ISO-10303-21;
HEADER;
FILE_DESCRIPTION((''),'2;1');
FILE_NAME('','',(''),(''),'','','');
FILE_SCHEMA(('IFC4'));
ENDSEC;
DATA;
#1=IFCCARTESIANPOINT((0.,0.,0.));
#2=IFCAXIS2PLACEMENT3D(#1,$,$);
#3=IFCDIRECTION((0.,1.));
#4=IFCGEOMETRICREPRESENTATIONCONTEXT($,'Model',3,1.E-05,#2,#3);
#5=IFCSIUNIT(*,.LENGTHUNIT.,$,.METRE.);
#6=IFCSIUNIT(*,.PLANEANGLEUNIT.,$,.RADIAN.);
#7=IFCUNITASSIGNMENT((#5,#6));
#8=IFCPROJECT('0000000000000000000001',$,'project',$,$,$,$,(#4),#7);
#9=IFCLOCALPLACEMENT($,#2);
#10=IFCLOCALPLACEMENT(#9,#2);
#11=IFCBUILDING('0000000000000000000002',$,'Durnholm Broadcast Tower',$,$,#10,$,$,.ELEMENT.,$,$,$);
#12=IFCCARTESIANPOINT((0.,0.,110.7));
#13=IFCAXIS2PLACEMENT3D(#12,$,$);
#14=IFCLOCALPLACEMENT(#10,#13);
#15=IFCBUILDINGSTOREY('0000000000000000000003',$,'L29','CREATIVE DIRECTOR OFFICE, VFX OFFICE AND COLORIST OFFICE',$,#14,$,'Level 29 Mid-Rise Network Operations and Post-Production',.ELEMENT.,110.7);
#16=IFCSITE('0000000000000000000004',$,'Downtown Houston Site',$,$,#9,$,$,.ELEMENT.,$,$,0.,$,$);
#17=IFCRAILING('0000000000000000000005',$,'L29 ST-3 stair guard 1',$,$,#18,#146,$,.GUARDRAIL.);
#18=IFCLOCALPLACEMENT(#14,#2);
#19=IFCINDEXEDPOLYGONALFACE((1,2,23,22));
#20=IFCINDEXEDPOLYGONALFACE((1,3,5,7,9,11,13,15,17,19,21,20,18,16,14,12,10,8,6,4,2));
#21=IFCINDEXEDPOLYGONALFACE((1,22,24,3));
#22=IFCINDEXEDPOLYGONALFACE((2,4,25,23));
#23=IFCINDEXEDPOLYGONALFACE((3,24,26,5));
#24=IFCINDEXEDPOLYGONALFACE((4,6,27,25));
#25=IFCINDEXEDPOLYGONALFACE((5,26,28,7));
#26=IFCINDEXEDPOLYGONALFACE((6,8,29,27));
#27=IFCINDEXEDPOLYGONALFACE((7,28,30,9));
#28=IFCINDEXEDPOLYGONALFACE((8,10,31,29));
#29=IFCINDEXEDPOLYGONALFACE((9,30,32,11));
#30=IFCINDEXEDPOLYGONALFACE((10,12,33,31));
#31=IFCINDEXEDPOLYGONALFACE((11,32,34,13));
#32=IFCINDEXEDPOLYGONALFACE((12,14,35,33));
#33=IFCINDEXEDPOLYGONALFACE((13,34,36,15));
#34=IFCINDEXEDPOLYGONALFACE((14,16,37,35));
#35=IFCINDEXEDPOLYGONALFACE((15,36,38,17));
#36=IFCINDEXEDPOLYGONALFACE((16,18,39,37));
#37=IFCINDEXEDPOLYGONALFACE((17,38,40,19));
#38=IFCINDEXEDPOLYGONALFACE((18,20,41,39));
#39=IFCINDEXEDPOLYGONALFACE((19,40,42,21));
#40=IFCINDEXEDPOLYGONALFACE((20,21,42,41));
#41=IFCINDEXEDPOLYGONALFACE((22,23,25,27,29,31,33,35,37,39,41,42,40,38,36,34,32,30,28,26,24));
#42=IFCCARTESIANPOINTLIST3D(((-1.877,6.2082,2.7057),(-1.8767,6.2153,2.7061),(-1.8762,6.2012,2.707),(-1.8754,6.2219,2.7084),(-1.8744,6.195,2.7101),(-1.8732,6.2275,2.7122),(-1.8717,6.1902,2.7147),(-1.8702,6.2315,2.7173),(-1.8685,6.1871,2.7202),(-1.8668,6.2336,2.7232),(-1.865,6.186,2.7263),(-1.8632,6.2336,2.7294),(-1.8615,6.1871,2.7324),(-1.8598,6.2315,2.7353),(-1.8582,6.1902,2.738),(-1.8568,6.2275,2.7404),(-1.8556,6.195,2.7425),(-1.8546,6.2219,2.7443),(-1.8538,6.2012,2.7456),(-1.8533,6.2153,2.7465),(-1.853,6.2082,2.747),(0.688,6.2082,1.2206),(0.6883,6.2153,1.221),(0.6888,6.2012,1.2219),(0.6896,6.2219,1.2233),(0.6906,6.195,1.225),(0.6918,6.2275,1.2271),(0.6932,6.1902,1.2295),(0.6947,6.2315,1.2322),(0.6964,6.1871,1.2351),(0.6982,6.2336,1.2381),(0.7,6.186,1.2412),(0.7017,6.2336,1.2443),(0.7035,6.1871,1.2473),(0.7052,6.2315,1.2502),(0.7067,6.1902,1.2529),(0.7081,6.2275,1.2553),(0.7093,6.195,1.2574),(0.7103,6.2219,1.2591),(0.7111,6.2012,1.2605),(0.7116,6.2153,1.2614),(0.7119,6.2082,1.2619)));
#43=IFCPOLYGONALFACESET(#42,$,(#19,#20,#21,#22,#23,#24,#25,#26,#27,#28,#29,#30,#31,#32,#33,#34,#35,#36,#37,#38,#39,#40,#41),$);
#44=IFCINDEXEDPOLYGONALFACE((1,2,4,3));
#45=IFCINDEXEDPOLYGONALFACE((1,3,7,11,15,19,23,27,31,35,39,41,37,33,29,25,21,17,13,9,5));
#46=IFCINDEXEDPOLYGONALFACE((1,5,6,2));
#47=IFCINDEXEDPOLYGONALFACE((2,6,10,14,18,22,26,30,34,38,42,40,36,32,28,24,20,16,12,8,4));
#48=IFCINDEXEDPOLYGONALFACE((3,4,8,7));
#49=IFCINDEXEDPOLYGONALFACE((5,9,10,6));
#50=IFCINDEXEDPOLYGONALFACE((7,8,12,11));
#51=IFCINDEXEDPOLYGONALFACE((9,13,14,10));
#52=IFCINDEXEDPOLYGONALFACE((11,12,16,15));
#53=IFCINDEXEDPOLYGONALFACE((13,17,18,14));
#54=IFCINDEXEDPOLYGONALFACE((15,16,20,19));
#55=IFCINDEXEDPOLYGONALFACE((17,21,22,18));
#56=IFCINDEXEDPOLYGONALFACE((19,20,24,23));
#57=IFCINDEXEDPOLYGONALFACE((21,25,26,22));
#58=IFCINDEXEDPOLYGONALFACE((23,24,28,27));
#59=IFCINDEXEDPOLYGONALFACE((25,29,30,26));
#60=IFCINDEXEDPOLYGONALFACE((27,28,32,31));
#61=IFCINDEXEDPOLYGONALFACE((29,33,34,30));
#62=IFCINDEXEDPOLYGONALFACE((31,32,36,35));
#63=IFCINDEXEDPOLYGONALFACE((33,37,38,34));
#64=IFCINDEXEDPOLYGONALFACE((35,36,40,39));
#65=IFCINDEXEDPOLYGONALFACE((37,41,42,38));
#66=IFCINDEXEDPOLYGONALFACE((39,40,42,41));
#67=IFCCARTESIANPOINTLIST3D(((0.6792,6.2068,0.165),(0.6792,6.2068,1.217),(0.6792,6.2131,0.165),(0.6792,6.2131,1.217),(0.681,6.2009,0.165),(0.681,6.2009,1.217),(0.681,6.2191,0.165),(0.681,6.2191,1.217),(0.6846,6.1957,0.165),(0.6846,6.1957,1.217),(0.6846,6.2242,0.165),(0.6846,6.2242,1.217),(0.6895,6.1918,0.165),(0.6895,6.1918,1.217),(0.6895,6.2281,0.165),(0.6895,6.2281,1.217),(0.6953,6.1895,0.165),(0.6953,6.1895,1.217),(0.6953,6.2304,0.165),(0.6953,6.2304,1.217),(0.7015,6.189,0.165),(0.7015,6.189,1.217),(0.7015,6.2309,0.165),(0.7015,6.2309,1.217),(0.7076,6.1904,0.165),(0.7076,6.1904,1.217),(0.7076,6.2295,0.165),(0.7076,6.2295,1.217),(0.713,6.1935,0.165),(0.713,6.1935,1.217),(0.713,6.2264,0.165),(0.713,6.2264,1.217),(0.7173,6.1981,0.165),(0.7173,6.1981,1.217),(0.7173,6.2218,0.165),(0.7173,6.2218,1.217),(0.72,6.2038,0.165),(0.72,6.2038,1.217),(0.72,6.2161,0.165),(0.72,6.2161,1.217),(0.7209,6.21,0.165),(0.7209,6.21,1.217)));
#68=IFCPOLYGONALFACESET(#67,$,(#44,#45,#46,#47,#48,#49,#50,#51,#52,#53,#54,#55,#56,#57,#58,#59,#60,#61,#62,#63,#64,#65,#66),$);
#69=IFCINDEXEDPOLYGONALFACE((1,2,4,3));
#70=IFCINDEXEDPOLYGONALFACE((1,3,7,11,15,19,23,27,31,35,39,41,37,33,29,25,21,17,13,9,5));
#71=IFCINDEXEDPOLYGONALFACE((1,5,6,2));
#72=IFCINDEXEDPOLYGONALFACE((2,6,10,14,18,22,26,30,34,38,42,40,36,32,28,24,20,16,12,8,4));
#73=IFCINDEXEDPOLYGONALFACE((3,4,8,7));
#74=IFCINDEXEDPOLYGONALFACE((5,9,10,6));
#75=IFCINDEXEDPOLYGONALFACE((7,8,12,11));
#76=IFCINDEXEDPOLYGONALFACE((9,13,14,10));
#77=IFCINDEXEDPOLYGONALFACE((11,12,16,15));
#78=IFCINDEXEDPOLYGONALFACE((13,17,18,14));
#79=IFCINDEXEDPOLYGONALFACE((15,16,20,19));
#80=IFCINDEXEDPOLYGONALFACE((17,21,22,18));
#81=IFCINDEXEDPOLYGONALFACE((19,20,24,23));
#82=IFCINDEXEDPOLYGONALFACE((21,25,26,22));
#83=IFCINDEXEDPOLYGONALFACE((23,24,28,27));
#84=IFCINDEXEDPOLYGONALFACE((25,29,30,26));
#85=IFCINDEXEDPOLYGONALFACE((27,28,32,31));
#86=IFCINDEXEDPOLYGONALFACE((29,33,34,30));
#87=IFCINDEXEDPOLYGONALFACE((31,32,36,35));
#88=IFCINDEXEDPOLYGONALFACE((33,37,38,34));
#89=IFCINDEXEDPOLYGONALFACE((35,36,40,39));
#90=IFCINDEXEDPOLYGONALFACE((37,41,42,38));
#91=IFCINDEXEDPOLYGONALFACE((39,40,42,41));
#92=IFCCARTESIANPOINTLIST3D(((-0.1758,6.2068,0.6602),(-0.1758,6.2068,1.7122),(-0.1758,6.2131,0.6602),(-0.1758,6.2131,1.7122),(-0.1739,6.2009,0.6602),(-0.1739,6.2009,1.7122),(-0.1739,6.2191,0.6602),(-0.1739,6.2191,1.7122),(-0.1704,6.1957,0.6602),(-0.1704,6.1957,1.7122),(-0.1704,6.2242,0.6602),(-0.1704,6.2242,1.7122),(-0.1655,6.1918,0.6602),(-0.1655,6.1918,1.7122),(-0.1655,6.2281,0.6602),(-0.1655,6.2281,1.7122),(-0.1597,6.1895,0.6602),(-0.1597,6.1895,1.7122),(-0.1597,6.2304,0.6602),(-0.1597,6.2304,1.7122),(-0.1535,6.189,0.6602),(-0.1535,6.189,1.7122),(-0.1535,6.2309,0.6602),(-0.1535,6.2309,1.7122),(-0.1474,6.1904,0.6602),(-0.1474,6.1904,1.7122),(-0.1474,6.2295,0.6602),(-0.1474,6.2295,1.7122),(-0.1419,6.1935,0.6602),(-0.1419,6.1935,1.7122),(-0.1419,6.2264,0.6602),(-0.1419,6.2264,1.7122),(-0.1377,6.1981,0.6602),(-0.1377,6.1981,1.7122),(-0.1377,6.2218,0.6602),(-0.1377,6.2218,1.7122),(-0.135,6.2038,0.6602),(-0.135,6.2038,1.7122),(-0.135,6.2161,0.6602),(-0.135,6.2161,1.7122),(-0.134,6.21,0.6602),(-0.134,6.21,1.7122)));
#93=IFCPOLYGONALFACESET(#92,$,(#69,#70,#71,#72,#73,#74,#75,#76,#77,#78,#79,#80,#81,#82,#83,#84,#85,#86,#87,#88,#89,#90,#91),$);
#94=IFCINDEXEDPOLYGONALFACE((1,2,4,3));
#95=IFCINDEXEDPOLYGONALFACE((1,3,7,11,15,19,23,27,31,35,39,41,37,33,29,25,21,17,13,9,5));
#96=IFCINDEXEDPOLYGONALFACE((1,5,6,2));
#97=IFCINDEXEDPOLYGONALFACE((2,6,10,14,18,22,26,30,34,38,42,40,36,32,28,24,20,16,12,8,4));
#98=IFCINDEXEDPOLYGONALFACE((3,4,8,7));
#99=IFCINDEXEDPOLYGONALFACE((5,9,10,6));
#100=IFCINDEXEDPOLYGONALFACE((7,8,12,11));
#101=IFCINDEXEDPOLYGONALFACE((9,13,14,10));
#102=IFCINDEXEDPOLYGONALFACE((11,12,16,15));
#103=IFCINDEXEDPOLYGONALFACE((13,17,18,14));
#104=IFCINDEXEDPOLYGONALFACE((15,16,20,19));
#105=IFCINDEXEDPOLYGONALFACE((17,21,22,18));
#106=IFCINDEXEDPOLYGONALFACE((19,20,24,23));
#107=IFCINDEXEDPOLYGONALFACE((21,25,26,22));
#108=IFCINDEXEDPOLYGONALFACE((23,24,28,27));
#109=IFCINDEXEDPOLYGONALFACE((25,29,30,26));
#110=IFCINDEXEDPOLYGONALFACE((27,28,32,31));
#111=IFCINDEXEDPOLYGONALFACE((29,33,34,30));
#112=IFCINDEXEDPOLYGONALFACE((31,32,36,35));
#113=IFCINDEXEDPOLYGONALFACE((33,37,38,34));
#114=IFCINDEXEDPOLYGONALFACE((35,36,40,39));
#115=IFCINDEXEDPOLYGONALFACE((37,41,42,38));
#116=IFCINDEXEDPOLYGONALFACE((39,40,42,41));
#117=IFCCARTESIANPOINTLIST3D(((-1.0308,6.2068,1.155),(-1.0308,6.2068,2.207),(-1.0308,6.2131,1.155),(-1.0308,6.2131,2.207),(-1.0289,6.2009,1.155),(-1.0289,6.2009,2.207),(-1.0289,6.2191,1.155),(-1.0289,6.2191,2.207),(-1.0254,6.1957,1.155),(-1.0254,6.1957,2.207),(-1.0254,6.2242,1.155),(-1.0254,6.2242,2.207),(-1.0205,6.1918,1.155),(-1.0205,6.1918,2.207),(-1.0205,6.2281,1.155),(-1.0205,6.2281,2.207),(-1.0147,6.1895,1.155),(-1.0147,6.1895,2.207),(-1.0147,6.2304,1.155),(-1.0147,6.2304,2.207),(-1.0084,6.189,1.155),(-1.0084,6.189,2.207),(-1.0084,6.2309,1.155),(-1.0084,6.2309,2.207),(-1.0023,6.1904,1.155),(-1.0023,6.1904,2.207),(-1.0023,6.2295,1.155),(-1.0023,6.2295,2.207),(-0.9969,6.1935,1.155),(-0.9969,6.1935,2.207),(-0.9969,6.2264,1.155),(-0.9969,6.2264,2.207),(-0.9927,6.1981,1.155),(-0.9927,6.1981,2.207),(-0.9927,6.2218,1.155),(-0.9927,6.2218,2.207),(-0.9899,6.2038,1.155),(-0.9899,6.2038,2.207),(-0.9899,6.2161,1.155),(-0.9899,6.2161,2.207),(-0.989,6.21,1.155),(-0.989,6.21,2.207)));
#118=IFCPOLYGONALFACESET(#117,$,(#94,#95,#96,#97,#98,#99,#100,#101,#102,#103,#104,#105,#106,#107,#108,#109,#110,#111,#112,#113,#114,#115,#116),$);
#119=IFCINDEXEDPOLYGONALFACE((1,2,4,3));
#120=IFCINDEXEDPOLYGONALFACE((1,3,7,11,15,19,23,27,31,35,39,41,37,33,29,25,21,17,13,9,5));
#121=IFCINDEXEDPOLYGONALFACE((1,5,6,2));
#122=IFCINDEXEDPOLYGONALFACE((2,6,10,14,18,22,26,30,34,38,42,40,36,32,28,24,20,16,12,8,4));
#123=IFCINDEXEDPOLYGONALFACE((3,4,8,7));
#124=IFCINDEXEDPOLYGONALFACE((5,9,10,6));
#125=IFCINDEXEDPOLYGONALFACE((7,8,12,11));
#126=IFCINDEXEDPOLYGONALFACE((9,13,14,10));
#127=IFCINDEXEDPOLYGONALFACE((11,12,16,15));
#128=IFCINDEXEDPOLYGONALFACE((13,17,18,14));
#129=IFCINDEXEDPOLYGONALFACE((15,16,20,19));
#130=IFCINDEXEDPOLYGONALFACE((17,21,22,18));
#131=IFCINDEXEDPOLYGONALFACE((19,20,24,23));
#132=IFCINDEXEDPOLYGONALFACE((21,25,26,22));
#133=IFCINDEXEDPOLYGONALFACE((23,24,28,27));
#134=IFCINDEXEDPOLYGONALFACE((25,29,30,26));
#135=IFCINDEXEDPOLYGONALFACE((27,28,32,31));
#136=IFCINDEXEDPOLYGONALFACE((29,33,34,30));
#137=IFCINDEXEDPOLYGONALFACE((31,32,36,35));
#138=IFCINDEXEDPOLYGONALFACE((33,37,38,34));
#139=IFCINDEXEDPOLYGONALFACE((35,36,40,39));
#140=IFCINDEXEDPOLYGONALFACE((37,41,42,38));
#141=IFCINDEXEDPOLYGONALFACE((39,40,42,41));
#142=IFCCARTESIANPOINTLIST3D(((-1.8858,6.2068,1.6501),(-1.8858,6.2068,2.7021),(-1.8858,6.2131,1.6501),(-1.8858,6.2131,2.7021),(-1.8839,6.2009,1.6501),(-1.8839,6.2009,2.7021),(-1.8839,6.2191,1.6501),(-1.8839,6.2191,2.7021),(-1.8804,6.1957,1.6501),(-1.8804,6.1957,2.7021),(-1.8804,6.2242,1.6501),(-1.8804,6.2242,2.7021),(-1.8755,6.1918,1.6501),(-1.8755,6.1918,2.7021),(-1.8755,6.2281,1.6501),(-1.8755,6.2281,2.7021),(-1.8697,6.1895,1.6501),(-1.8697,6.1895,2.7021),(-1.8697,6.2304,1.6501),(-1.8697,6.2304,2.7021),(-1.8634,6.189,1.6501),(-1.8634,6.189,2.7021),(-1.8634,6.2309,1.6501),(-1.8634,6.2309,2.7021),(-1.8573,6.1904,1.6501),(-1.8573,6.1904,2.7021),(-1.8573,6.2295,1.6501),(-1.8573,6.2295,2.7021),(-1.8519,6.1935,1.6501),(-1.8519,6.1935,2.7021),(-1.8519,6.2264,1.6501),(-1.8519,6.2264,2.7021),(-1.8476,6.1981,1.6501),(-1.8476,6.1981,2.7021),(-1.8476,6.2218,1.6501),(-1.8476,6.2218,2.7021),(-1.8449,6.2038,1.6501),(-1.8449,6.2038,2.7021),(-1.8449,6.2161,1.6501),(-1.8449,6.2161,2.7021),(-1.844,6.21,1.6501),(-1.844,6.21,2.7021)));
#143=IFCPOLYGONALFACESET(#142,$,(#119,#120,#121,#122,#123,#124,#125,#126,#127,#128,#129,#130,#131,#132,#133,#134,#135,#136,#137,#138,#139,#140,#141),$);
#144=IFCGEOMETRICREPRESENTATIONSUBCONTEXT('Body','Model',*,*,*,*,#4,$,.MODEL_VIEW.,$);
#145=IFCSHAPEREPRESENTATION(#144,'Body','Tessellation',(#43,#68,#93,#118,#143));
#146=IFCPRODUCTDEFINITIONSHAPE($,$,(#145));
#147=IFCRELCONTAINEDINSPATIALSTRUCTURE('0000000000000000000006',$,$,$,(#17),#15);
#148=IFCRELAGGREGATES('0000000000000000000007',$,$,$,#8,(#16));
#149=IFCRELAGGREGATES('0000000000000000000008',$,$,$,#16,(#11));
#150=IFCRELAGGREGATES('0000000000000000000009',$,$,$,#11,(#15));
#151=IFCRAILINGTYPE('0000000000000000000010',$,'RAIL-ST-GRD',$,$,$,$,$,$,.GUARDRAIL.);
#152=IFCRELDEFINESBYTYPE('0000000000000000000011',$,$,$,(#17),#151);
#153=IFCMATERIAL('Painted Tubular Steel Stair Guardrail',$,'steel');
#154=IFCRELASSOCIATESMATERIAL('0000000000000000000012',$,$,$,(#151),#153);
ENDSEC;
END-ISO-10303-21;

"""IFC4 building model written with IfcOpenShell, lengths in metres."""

from ifc_helpers import new_model, si_unit, direction, frame, origin, origin_2d, place, context, subcontext, project, spatial, circle, extrude, material, type_object, element, save


model = new_model("IFC4")

# Units and contexts
model_context = context("Model", 3, precision=1e-05, world=origin(), true_north=direction((0.0, 1.0)))
body_context = subcontext(model_context, "Body", "Model", "MODEL_VIEW")
ifc_project = project(units=[si_unit("LENGTHUNIT", "METRE"), si_unit("PLANEANGLEUNIT", "RADIAN")], contexts=[model_context])

# Site, building, storey
site_placement = place(None, origin())
site = spatial("IfcSite", under=ifc_project, at=site_placement, Name="Downtown Houston Site", CompositionType="ELEMENT", RefElevation=0.0)
building_placement = place(site_placement, origin())
building = spatial("IfcBuilding", under=site, at=building_placement, Name="Durnholm Broadcast Tower", CompositionType="ELEMENT")
storey_placement = place(building_placement, frame((0.0, 0.0, 110.7)))
storey = spatial("IfcBuildingStorey", under=building, at=storey_placement, Name="L29", Description="CREATIVE DIRECTOR OFFICE, VFX OFFICE AND COLORIST OFFICE", LongName="Level 29 Mid-Rise Network Operations and Post-Production", CompositionType="ELEMENT", Elevation=110.7)

# Railing
ifc_material_1 = material(Name="Painted Tubular Steel Stair Guardrail", Category="steel")
railing_type_1 = type_object("IfcRailingType", Name="RAIL-ST-GRD", PredefinedType="GUARDRAIL", material=ifc_material_1)
railing_1_placement = place(storey_placement, frame((0.7, 6.21, 0.165)))
element("IfcRailing", 1, at=railing_1_placement, inside=storey, type_object=railing_type_1, Name="L29 ST-3 stair guard 1", PredefinedType="GUARDRAIL", context=body_context, shape_type="SweptSolid", body=[
    extrude(circle(Radius=0.0239, at=origin_2d()), frame((0.0, 0.0, 1.0762), z_axis=(-0.865406, 0.0, 0.501072), x_axis=(0.0, -1.0, 0.0)), (0.0, 0.0, 1.0), 2.9639),
    extrude(circle(Radius=0.021, at=origin_2d()), origin(), (0.0, 0.0, 1.0), 1.052),
    extrude(circle(Radius=0.021, at=origin_2d()), frame((-0.855, 0.0, 0.4951)), (0.0, 0.0, 1.0), 1.052),
    extrude(circle(Radius=0.021, at=origin_2d()), frame((-1.71, 0.0, 0.99)), (0.0, 0.0, 1.0), 1.052),
    extrude(circle(Radius=0.021, at=origin_2d()), frame((-2.5649, 0.0, 1.4851)), (0.0, 0.0, 1.0), 1.052),
])

save(model, "model.ifc")
